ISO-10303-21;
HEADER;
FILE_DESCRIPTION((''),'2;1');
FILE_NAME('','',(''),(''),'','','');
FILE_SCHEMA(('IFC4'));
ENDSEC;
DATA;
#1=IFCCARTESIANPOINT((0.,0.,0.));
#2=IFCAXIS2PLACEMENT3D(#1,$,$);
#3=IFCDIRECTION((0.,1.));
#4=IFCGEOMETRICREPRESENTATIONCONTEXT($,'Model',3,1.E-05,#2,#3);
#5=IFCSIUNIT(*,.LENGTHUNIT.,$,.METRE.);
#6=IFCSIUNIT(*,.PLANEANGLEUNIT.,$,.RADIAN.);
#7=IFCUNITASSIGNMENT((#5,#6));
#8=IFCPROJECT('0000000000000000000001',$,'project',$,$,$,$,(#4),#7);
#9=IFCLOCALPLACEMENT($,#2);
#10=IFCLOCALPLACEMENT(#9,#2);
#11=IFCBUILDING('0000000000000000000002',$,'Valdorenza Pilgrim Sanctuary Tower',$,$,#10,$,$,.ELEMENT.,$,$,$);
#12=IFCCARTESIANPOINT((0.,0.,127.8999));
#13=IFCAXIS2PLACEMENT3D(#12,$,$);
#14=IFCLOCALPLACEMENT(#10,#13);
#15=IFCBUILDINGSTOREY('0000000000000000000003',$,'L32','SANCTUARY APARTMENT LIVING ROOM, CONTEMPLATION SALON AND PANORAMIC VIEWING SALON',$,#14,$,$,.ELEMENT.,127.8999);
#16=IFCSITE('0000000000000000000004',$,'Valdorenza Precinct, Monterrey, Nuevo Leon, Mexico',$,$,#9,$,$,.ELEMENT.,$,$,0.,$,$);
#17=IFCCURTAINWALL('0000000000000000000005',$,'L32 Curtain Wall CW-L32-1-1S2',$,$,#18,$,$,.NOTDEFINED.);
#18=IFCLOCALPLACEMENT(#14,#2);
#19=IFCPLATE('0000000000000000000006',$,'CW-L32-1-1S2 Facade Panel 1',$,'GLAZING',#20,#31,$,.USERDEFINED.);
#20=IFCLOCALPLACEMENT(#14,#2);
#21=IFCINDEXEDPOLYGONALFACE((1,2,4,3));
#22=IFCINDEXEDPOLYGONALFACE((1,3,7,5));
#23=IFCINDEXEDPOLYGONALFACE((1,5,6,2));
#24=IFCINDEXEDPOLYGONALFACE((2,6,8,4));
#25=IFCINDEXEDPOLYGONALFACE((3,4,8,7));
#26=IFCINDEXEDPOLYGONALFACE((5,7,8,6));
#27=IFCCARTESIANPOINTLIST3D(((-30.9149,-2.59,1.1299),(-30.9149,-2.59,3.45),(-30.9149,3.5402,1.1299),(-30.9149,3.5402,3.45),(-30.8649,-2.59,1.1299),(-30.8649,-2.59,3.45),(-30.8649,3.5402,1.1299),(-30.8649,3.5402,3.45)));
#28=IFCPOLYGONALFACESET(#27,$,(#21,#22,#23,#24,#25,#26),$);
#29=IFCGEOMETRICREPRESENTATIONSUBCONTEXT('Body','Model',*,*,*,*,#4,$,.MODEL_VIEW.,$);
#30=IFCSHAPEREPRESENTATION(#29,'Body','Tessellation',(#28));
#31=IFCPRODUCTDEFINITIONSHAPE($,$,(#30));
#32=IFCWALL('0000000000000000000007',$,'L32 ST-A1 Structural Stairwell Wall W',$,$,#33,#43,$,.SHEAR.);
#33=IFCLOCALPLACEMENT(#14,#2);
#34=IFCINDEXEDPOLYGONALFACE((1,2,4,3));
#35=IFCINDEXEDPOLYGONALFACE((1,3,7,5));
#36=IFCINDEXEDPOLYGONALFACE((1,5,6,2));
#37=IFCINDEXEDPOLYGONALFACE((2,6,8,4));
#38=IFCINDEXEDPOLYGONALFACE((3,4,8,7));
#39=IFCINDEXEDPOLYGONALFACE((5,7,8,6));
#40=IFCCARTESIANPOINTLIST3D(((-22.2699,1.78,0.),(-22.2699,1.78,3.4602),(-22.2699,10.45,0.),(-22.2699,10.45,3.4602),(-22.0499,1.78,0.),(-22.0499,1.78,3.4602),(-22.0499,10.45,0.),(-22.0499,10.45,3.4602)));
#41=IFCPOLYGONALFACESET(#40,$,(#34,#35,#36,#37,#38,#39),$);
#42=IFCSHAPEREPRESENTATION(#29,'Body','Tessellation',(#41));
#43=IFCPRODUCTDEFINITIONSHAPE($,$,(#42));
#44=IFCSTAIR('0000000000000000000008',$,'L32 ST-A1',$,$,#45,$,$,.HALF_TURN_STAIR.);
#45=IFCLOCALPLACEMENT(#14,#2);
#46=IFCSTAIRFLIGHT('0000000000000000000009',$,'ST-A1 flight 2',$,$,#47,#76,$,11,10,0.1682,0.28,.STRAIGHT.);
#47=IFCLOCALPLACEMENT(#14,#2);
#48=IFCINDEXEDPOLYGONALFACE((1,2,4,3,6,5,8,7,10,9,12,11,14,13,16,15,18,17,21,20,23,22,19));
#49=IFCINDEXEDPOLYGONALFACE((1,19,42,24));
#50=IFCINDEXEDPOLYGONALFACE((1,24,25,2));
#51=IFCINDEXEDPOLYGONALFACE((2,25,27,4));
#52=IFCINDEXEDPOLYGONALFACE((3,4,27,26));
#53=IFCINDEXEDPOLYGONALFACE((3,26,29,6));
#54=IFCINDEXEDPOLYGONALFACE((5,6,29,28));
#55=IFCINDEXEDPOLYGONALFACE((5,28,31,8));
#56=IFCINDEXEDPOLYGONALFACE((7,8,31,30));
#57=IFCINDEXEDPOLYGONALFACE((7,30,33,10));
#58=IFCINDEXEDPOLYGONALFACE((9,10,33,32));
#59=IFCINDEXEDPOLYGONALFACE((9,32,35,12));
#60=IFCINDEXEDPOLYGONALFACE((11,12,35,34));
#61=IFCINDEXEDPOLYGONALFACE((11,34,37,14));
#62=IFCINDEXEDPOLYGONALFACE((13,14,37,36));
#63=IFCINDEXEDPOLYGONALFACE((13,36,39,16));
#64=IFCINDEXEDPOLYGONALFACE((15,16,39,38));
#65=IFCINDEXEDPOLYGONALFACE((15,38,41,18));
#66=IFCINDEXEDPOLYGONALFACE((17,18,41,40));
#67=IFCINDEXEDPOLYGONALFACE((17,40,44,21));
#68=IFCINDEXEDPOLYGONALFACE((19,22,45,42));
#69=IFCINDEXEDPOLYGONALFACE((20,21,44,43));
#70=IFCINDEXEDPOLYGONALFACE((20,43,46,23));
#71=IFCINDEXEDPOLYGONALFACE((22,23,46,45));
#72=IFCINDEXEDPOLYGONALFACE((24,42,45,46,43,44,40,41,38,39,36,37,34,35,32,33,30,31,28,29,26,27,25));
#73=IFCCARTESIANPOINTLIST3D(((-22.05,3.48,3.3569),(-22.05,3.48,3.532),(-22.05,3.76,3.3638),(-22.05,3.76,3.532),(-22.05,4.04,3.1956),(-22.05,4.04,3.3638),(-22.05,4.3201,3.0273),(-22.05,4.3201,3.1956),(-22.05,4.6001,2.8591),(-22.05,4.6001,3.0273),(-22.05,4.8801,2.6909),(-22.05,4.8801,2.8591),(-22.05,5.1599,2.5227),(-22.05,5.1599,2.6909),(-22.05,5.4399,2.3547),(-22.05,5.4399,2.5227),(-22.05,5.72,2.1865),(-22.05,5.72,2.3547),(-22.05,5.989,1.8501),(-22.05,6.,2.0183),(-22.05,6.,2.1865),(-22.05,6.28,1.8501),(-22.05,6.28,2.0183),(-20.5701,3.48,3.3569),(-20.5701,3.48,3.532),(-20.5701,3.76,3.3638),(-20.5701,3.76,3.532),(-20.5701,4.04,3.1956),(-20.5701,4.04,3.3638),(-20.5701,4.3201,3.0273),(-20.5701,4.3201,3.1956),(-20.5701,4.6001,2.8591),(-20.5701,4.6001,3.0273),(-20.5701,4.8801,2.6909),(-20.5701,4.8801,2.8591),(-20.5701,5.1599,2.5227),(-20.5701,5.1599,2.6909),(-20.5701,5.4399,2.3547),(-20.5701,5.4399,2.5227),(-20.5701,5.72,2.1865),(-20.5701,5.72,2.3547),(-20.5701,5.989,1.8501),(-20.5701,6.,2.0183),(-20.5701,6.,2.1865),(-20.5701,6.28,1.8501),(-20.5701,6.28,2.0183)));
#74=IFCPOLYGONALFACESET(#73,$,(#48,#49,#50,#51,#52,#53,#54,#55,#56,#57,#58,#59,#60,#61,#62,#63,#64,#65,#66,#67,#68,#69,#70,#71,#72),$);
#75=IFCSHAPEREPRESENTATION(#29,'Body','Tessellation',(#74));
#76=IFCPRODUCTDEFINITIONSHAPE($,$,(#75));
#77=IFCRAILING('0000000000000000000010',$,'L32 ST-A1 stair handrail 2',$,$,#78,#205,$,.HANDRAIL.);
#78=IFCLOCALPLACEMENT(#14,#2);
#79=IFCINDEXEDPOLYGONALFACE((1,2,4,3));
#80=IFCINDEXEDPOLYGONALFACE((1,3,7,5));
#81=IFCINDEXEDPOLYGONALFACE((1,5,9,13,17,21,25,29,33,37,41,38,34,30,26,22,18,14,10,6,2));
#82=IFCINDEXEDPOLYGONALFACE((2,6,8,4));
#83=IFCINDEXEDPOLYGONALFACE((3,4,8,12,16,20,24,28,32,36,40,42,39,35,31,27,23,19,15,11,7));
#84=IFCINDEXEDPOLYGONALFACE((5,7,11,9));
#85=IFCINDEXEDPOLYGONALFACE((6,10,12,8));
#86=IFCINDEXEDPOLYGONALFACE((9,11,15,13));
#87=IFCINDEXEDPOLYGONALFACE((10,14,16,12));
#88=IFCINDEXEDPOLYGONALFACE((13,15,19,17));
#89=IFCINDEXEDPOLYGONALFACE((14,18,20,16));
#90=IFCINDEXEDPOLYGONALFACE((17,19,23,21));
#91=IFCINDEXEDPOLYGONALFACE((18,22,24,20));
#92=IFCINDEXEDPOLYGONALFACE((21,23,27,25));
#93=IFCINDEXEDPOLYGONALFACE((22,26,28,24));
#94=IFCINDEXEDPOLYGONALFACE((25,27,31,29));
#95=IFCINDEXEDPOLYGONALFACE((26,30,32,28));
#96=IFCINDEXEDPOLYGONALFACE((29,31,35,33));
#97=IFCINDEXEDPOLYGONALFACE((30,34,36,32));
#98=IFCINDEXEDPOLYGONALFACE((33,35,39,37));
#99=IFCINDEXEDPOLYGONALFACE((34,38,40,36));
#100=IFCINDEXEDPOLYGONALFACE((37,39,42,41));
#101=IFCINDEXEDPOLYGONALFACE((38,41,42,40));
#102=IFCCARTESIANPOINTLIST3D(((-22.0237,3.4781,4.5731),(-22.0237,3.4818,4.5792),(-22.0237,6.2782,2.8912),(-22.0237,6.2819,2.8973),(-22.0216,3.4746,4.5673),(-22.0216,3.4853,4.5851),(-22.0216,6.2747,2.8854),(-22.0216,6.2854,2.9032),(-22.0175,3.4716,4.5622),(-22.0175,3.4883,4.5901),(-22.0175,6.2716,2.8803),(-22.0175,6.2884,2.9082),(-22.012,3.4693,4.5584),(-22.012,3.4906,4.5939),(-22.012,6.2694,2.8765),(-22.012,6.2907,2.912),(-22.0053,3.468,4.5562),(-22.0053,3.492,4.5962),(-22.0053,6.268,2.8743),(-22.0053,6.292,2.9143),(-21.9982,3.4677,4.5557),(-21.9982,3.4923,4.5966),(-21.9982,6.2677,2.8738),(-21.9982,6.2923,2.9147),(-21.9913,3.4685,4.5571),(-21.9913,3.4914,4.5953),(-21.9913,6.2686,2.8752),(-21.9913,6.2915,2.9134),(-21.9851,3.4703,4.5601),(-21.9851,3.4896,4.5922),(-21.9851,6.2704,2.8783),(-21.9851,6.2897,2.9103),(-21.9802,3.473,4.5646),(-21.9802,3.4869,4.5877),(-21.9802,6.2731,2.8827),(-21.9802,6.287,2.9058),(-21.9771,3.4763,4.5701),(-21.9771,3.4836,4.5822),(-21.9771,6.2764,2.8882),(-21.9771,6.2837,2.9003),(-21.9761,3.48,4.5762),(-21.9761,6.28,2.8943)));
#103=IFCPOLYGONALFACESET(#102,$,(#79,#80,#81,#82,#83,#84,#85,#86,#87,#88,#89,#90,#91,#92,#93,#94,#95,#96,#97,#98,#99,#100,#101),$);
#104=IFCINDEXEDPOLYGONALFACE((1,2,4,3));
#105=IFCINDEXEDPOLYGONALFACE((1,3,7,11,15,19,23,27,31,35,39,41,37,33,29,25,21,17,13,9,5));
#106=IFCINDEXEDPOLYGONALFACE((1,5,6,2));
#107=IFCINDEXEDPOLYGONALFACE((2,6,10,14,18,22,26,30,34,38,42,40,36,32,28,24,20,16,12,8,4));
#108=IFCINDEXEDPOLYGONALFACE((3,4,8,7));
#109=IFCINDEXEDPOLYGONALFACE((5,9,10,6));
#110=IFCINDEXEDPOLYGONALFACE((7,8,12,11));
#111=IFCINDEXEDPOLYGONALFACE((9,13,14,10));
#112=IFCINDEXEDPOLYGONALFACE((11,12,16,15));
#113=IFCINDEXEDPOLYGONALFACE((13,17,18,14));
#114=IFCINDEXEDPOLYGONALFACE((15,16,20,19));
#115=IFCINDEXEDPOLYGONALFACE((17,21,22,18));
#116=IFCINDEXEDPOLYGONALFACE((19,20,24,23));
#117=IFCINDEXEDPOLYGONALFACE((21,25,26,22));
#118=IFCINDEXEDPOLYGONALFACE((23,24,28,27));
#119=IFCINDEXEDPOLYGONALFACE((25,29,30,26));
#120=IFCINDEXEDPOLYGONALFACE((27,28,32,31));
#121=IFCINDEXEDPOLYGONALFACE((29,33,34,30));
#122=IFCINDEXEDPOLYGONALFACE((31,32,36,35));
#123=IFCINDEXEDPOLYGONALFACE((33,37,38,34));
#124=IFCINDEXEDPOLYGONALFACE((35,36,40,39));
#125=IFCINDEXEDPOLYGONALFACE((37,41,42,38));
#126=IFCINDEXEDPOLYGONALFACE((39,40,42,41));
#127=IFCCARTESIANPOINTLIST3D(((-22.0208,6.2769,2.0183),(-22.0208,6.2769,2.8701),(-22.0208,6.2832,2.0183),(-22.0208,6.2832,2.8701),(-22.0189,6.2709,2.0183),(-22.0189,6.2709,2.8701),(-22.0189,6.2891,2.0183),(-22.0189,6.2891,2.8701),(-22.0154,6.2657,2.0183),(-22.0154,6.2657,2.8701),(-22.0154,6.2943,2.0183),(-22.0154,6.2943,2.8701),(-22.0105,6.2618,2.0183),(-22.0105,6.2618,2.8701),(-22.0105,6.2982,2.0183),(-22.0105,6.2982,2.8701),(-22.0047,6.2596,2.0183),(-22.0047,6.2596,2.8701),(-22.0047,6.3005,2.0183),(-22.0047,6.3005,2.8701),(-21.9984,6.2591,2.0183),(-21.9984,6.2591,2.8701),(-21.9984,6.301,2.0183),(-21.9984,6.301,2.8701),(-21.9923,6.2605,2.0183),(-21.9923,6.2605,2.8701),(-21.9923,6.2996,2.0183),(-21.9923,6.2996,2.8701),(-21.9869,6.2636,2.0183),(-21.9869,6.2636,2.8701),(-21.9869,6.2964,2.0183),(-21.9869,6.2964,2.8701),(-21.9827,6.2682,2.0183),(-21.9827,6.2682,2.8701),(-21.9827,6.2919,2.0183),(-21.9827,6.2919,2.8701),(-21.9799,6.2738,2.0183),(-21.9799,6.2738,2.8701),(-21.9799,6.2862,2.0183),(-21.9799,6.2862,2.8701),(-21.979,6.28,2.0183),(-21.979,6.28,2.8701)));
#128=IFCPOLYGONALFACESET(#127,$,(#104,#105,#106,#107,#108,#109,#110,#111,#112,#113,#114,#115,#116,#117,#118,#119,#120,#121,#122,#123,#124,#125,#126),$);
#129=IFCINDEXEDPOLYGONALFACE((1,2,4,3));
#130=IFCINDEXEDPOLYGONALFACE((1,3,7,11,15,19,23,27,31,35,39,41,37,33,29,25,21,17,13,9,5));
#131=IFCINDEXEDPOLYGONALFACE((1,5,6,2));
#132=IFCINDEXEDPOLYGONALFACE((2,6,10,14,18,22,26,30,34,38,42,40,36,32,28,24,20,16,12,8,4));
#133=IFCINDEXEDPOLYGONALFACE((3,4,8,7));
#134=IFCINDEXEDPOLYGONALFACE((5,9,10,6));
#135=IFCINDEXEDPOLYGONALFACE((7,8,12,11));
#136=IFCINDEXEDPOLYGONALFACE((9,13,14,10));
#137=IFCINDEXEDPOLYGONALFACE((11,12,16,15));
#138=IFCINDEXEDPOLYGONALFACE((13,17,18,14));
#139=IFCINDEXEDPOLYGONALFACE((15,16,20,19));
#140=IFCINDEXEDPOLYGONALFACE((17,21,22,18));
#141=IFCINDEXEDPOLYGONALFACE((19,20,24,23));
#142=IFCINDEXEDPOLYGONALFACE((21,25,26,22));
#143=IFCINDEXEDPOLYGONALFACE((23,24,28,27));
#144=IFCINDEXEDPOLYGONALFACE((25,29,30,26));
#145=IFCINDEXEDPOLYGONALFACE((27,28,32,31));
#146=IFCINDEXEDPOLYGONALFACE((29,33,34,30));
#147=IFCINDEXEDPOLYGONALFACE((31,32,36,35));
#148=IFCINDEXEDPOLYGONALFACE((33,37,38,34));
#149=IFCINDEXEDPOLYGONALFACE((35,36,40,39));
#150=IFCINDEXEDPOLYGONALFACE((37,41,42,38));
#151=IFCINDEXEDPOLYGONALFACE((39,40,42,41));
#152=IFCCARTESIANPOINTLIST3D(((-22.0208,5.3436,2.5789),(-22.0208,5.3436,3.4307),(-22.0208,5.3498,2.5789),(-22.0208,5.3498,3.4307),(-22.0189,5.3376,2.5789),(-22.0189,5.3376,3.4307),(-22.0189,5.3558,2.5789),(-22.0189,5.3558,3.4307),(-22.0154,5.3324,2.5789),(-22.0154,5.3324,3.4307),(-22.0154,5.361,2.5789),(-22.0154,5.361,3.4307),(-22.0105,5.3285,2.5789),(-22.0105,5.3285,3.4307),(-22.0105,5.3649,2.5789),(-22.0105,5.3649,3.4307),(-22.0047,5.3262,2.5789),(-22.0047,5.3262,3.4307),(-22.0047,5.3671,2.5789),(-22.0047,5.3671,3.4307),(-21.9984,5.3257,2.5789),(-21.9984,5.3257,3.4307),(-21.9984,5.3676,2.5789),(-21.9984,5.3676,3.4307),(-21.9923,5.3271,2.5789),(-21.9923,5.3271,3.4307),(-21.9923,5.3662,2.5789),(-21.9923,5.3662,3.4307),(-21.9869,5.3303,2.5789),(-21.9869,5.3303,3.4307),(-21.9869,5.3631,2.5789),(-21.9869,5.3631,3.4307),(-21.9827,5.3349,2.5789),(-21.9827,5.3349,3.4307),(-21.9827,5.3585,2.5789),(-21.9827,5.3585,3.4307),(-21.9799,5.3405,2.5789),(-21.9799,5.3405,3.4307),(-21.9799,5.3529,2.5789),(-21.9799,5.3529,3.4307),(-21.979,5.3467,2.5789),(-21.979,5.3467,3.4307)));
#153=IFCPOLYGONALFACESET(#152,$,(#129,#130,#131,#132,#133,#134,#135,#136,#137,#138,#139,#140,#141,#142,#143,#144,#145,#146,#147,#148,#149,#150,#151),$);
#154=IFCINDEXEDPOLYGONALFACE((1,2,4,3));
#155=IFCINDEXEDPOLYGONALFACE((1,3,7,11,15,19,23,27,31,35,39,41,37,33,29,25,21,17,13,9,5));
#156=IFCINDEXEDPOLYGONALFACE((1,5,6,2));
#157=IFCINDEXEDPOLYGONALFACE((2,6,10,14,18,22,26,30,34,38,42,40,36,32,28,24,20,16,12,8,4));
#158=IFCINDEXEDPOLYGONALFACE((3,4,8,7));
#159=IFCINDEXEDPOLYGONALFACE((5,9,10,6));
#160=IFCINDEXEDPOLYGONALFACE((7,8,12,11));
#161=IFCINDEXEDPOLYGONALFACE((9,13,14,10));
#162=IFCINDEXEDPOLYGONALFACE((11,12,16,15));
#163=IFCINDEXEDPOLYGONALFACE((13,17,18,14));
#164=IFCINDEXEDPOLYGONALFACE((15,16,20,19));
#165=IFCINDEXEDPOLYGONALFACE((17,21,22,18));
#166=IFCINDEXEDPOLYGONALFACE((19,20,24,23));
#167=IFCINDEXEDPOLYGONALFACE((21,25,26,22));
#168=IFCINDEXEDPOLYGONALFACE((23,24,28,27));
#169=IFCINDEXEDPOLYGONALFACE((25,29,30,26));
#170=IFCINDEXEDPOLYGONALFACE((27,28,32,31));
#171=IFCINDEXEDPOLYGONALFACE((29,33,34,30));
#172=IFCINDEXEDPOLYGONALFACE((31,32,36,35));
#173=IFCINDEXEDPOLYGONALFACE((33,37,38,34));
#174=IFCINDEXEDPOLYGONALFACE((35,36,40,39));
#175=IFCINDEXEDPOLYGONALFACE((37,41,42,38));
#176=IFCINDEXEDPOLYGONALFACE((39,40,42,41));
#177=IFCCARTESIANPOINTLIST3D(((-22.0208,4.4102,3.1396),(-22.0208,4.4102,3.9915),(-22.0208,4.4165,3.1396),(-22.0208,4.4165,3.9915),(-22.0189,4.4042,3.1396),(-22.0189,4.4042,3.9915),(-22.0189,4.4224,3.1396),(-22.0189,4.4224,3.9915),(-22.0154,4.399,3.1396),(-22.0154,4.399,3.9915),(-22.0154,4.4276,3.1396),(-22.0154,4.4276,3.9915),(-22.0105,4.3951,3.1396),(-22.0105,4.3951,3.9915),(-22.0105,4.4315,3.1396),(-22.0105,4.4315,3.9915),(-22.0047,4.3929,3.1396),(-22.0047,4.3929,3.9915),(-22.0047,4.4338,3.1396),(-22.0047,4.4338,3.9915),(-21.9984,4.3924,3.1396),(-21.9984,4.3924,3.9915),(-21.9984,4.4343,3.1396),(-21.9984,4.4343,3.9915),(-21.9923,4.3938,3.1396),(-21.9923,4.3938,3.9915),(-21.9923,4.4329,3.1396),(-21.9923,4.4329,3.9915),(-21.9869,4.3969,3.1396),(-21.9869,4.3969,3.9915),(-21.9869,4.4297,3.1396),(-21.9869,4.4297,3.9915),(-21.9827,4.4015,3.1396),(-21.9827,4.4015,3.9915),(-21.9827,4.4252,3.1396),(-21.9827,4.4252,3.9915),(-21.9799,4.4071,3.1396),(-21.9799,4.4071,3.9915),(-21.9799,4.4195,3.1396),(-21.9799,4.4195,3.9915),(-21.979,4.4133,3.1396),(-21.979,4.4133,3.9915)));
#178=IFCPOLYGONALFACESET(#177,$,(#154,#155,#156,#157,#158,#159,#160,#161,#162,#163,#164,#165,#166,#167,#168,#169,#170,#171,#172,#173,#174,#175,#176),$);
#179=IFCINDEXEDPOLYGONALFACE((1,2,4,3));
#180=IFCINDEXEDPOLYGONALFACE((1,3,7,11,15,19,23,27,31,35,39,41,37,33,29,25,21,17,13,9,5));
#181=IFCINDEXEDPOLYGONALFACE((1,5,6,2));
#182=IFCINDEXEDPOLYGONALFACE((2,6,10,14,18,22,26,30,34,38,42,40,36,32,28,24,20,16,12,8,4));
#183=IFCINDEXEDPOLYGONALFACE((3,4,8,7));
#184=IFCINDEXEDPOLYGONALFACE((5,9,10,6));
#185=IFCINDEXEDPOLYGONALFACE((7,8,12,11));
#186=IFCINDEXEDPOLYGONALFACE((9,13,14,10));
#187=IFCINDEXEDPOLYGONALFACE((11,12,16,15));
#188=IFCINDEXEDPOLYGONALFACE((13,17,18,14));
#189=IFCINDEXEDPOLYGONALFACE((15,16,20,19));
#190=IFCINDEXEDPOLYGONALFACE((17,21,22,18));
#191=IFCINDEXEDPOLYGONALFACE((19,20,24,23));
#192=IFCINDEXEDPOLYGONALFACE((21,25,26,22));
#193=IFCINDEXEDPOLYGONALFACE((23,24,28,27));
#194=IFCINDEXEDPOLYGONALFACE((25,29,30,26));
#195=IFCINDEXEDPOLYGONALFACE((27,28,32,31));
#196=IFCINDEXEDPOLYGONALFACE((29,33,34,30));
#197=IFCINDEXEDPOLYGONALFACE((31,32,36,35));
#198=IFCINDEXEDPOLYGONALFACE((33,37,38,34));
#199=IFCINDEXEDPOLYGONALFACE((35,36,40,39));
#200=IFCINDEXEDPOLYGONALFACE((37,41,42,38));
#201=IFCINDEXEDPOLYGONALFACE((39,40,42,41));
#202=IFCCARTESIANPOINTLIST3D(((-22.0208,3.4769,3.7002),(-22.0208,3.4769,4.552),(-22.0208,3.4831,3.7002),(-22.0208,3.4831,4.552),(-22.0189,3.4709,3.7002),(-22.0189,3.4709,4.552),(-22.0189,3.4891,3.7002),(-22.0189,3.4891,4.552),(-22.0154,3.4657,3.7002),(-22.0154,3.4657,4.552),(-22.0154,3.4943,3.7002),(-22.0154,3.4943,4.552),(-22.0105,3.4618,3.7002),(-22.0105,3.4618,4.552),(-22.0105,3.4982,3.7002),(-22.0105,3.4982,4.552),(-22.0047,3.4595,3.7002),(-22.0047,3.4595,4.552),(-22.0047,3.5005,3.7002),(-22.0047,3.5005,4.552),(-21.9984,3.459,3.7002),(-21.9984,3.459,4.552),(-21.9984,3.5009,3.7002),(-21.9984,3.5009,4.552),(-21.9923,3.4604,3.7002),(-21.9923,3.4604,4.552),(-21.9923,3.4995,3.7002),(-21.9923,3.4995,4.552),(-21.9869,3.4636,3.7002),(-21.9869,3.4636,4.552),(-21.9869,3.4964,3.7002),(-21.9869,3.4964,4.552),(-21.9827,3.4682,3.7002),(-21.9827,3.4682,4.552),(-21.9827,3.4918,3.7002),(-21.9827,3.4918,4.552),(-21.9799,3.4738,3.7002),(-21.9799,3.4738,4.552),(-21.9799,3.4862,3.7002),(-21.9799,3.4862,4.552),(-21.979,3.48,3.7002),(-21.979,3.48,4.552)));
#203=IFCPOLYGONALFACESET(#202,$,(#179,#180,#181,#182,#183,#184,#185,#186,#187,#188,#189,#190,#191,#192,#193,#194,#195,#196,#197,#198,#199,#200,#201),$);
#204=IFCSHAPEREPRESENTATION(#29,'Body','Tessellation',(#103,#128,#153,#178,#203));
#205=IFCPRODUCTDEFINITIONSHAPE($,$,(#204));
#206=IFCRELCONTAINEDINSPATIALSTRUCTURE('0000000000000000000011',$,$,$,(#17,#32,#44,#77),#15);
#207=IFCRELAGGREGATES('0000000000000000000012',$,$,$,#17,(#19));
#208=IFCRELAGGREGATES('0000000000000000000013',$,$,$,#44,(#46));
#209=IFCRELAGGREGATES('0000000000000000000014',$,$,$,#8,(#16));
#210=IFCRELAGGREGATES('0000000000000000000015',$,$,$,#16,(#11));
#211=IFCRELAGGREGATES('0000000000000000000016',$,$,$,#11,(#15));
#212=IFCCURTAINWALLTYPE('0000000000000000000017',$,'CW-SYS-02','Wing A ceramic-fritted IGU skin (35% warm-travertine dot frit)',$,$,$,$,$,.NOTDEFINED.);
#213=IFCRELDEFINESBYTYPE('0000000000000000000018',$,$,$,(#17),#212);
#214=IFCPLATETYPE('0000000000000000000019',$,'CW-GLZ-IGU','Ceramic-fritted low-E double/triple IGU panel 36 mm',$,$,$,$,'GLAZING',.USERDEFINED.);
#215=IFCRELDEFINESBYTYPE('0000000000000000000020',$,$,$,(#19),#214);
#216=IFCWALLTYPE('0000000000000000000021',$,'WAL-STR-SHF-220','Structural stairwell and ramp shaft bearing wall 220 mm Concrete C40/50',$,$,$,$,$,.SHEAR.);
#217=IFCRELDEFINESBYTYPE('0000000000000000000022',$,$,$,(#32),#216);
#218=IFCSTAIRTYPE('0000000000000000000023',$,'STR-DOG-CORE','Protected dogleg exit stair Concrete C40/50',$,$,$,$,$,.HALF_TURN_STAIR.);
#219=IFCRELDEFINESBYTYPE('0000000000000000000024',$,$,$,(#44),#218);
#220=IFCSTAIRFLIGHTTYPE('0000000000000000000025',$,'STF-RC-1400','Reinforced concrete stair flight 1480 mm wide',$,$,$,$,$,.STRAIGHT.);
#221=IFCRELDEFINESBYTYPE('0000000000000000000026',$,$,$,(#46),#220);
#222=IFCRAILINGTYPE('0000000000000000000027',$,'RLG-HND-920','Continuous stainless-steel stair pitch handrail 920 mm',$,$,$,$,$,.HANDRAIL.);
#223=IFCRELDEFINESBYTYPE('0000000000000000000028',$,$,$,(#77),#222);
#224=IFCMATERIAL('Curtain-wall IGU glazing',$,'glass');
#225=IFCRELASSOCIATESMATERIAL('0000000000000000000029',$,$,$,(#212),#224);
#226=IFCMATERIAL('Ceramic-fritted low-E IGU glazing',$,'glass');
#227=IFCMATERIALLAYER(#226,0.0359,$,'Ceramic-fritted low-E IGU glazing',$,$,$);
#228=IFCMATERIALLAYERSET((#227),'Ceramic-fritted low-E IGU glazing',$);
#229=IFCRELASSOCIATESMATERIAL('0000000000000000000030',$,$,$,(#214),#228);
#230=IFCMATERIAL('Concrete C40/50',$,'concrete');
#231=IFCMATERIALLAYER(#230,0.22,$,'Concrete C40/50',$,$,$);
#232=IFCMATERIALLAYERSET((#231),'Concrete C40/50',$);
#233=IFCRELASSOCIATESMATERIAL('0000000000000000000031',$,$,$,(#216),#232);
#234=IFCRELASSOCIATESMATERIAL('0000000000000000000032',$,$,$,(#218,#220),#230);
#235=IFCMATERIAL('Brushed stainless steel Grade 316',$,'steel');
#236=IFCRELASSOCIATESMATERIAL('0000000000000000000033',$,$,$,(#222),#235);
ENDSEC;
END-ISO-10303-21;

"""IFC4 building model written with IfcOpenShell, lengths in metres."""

from ifc_helpers import new_model, si_unit, direction, frame, frame_2d, origin, origin_2d, place, context, subcontext, project, spatial, polyline, rectangle, circle, outline, extrude, source, transform, mapped, material, layer, layer_set, type_object, element, aggregate, save


model = new_model("IFC4")

# Units and contexts
model_context = context("Model", 3, precision=1e-05, world=origin(), true_north=direction((0.0, 1.0)))
body_context = subcontext(model_context, "Body", "Model", "MODEL_VIEW")
ifc_project = project(units=[si_unit("LENGTHUNIT", "METRE"), si_unit("PLANEANGLEUNIT", "RADIAN")], contexts=[model_context])

# Site, building, storey
site_placement = place(None, origin())
site = spatial("IfcSite", under=ifc_project, at=site_placement, Name="Valdorenza Precinct, Monterrey, Nuevo Leon, Mexico", CompositionType="ELEMENT", RefElevation=0.0)
building_placement = place(site_placement, origin())
building = spatial("IfcBuilding", under=site, at=building_placement, Name="Valdorenza Pilgrim Sanctuary Tower", CompositionType="ELEMENT")
storey_placement = place(building_placement, frame((0.0, 0.0, 127.8999)))
storey = spatial("IfcBuildingStorey", under=building, at=storey_placement, Name="L32", Description="SANCTUARY APARTMENT LIVING ROOM, CONTEMPLATION SALON AND PANORAMIC VIEWING SALON", CompositionType="ELEMENT", Elevation=127.8999)

# Curtain wall, plate
ifc_material_1 = material(Name="Curtain-wall IGU glazing", Category="glass")
curtain_wall_type = type_object("IfcCurtainWallType", Name="CW-SYS-02", Description="Wing A ceramic-fritted IGU skin (35% warm-travertine dot frit)", PredefinedType="NOTDEFINED", material=ifc_material_1)
curtain_wall_placement = place(storey_placement, origin())
curtain_wall = element("IfcCurtainWall", 1, at=curtain_wall_placement, inside=storey, type_object=curtain_wall_type, Name="L32 Curtain Wall CW-L32-1-1S2", PredefinedType="NOTDEFINED")
ifc_material_2 = material(Name="Ceramic-fritted low-E IGU glazing", Category="glass")
ifc_layer_1 = layer(ifc_material_2, 0.0359, Name="Ceramic-fritted low-E IGU glazing")
ifc_layer_set_1 = layer_set([ifc_layer_1], Name="Ceramic-fritted low-E IGU glazing")
plate_type_1 = type_object("IfcPlateType", Name="CW-GLZ-IGU", Description="Ceramic-fritted low-E double/triple IGU panel 36 mm", ElementType="GLAZING", PredefinedType="USERDEFINED", material=ifc_layer_set_1)
shared_shape_1 = source(origin(), body_context, "Body", "SweptSolid", [
    extrude(rectangle(XDim=6.1301, YDim=0.05, at=origin_2d()), origin(), (0.0, 0.0, 1.0), 2.3201),
])
plate_1_placement = place(storey_placement, frame((-30.8899, 0.4751, 1.1299), z_axis=(0.0, 0.0, 1.0), x_axis=(0.0, 1.0, 0.0)))
plate_1 = element("IfcPlate", 2, at=plate_1_placement, type_object=plate_type_1, Name="CW-L32-1-1S2 Facade Panel 1", ObjectType="GLAZING", PredefinedType="USERDEFINED", context=body_context, shape_type="MappedRepresentation", body=[
    mapped(shared_shape_1, transform((0.0, 0.0, 0.0), x_axis=(1.0, 0.0, 0.0), y_axis=(0.0, 1.0, 0.0), z_axis=(0.0, 0.0, 1.0), scale=1.0)),
])
aggregate(curtain_wall, [plate_1])

# Wall
ifc_material_3 = material(Name="Concrete C40/50", Category="concrete")
ifc_layer_2 = layer(ifc_material_3, 0.22, Name="Concrete C40/50")
ifc_layer_set_2 = layer_set([ifc_layer_2], Name="Concrete C40/50")
wall_type_1 = type_object("IfcWallType", Name="WAL-STR-SHF-220", Description="Structural stairwell and ramp shaft bearing wall 220 mm Concrete C40/50", PredefinedType="SHEAR", material=ifc_layer_set_2)
wall_1_placement = place(storey_placement, frame((-22.1599, 1.78, 0.0), z_axis=(0.0, 0.0, 1.0), x_axis=(0.0, 1.0, 0.0)))
element("IfcWall", 3, at=wall_1_placement, inside=storey, type_object=wall_type_1, Name="L32 ST-A1 Structural Stairwell Wall W", PredefinedType="SHEAR", context=body_context, shape_type="SweptSolid", body=[
    extrude(rectangle(XDim=8.6699, YDim=0.22, at=frame_2d((4.335, 0.0))), origin(), (0.0, 0.0, 1.0), 3.4602),
])

# Stair, stair flight
stair_type = type_object("IfcStairType", Name="STR-DOG-CORE", Description="Protected dogleg exit stair Concrete C40/50", PredefinedType="HALF_TURN_STAIR", material=ifc_material_3)
stair_placement = place(storey_placement, origin())
stair = element("IfcStair", 4, at=stair_placement, inside=storey, type_object=stair_type, Name="L32 ST-A1", PredefinedType="HALF_TURN_STAIR")
stair_flight_type = type_object("IfcStairFlightType", Name="STF-RC-1400", Description="Reinforced concrete stair flight 1480 mm wide", PredefinedType="STRAIGHT", material=ifc_material_3)
stair_flight_placement = place(storey_placement, frame((-21.3101, 6.28, 1.8501), z_axis=(0.0, 0.0, 1.0), x_axis=(0.0, -1.0, 0.0)))
stair_flight = element("IfcStairFlight", 5, at=stair_flight_placement, type_object=stair_flight_type, Name="ST-A1 flight 2", NumberOfRisers=11, NumberOfTreads=10, PredefinedType="STRAIGHT", RiserHeight=0.1682, TreadLength=0.28, context=body_context, shape_type="SweptSolid", body=[
    extrude(outline(polyline([(0.0, 0.0), (0.0, 0.1682), (0.28, 0.1682), (0.28, 0.3364), (0.5601, 0.3364), (0.5601, 0.5046), (0.8401, 0.5046), (0.8401, 0.6726), (1.1201, 0.6726), (1.1201, 0.8408), (1.3999, 0.8408), (1.3999, 1.009), (1.6799, 1.009), (1.6799, 1.1772), (1.96, 1.1772), (1.96, 1.3455), (2.24, 1.3455), (2.24, 1.5137), (2.52, 1.5137), (2.52, 1.6819), (2.8, 1.6819), (2.8, 1.8501), (2.8, 1.5068), (0.291, 0.0), (0.0, 0.0)])), frame((0.0, 0.74, 0.0), z_axis=(0.0, -1.0, 0.0), x_axis=(1.0, 0.0, 0.0)), (0.0, 0.0, 1.0), 1.48),
])
aggregate(stair, [stair_flight])

# Railing
ifc_material_4 = material(Name="Brushed stainless steel Grade 316", Category="steel")
railing_type = type_object("IfcRailingType", Name="RLG-HND-920", Description="Continuous stainless-steel stair pitch handrail 920 mm", PredefinedType="HANDRAIL", material=ifc_material_4)
railing_placement = place(storey_placement, frame((-22.0, 6.28, 2.0183)))
element("IfcRailing", 6, at=railing_placement, inside=storey, type_object=railing_type, Name="L32 ST-A1 stair handrail 2", PredefinedType="HANDRAIL", context=body_context, shape_type="SweptSolid", body=[
    extrude(circle(Radius=0.0239, at=origin_2d()), frame((0.0, 0.0, 0.876), z_axis=(0.0, -0.857242, 0.514913), x_axis=(1.0, 0.0, 0.0)), (0.0, 0.0, 1.0), 3.2664),
    extrude(circle(Radius=0.021, at=origin_2d()), origin(), (0.0, 0.0, 1.0), 0.8518),
    extrude(circle(Radius=0.021, at=origin_2d()), frame((0.0, -0.9333, 0.5605)), (0.0, 0.0, 1.0), 0.8518),
    extrude(circle(Radius=0.021, at=origin_2d()), frame((0.0, -1.8667, 1.1213)), (0.0, 0.0, 1.0), 0.8518),
    extrude(circle(Radius=0.021, at=origin_2d()), frame((0.0, -2.8, 1.6819)), (0.0, 0.0, 1.0), 0.8518),
])

save(model, "model.ifc")
